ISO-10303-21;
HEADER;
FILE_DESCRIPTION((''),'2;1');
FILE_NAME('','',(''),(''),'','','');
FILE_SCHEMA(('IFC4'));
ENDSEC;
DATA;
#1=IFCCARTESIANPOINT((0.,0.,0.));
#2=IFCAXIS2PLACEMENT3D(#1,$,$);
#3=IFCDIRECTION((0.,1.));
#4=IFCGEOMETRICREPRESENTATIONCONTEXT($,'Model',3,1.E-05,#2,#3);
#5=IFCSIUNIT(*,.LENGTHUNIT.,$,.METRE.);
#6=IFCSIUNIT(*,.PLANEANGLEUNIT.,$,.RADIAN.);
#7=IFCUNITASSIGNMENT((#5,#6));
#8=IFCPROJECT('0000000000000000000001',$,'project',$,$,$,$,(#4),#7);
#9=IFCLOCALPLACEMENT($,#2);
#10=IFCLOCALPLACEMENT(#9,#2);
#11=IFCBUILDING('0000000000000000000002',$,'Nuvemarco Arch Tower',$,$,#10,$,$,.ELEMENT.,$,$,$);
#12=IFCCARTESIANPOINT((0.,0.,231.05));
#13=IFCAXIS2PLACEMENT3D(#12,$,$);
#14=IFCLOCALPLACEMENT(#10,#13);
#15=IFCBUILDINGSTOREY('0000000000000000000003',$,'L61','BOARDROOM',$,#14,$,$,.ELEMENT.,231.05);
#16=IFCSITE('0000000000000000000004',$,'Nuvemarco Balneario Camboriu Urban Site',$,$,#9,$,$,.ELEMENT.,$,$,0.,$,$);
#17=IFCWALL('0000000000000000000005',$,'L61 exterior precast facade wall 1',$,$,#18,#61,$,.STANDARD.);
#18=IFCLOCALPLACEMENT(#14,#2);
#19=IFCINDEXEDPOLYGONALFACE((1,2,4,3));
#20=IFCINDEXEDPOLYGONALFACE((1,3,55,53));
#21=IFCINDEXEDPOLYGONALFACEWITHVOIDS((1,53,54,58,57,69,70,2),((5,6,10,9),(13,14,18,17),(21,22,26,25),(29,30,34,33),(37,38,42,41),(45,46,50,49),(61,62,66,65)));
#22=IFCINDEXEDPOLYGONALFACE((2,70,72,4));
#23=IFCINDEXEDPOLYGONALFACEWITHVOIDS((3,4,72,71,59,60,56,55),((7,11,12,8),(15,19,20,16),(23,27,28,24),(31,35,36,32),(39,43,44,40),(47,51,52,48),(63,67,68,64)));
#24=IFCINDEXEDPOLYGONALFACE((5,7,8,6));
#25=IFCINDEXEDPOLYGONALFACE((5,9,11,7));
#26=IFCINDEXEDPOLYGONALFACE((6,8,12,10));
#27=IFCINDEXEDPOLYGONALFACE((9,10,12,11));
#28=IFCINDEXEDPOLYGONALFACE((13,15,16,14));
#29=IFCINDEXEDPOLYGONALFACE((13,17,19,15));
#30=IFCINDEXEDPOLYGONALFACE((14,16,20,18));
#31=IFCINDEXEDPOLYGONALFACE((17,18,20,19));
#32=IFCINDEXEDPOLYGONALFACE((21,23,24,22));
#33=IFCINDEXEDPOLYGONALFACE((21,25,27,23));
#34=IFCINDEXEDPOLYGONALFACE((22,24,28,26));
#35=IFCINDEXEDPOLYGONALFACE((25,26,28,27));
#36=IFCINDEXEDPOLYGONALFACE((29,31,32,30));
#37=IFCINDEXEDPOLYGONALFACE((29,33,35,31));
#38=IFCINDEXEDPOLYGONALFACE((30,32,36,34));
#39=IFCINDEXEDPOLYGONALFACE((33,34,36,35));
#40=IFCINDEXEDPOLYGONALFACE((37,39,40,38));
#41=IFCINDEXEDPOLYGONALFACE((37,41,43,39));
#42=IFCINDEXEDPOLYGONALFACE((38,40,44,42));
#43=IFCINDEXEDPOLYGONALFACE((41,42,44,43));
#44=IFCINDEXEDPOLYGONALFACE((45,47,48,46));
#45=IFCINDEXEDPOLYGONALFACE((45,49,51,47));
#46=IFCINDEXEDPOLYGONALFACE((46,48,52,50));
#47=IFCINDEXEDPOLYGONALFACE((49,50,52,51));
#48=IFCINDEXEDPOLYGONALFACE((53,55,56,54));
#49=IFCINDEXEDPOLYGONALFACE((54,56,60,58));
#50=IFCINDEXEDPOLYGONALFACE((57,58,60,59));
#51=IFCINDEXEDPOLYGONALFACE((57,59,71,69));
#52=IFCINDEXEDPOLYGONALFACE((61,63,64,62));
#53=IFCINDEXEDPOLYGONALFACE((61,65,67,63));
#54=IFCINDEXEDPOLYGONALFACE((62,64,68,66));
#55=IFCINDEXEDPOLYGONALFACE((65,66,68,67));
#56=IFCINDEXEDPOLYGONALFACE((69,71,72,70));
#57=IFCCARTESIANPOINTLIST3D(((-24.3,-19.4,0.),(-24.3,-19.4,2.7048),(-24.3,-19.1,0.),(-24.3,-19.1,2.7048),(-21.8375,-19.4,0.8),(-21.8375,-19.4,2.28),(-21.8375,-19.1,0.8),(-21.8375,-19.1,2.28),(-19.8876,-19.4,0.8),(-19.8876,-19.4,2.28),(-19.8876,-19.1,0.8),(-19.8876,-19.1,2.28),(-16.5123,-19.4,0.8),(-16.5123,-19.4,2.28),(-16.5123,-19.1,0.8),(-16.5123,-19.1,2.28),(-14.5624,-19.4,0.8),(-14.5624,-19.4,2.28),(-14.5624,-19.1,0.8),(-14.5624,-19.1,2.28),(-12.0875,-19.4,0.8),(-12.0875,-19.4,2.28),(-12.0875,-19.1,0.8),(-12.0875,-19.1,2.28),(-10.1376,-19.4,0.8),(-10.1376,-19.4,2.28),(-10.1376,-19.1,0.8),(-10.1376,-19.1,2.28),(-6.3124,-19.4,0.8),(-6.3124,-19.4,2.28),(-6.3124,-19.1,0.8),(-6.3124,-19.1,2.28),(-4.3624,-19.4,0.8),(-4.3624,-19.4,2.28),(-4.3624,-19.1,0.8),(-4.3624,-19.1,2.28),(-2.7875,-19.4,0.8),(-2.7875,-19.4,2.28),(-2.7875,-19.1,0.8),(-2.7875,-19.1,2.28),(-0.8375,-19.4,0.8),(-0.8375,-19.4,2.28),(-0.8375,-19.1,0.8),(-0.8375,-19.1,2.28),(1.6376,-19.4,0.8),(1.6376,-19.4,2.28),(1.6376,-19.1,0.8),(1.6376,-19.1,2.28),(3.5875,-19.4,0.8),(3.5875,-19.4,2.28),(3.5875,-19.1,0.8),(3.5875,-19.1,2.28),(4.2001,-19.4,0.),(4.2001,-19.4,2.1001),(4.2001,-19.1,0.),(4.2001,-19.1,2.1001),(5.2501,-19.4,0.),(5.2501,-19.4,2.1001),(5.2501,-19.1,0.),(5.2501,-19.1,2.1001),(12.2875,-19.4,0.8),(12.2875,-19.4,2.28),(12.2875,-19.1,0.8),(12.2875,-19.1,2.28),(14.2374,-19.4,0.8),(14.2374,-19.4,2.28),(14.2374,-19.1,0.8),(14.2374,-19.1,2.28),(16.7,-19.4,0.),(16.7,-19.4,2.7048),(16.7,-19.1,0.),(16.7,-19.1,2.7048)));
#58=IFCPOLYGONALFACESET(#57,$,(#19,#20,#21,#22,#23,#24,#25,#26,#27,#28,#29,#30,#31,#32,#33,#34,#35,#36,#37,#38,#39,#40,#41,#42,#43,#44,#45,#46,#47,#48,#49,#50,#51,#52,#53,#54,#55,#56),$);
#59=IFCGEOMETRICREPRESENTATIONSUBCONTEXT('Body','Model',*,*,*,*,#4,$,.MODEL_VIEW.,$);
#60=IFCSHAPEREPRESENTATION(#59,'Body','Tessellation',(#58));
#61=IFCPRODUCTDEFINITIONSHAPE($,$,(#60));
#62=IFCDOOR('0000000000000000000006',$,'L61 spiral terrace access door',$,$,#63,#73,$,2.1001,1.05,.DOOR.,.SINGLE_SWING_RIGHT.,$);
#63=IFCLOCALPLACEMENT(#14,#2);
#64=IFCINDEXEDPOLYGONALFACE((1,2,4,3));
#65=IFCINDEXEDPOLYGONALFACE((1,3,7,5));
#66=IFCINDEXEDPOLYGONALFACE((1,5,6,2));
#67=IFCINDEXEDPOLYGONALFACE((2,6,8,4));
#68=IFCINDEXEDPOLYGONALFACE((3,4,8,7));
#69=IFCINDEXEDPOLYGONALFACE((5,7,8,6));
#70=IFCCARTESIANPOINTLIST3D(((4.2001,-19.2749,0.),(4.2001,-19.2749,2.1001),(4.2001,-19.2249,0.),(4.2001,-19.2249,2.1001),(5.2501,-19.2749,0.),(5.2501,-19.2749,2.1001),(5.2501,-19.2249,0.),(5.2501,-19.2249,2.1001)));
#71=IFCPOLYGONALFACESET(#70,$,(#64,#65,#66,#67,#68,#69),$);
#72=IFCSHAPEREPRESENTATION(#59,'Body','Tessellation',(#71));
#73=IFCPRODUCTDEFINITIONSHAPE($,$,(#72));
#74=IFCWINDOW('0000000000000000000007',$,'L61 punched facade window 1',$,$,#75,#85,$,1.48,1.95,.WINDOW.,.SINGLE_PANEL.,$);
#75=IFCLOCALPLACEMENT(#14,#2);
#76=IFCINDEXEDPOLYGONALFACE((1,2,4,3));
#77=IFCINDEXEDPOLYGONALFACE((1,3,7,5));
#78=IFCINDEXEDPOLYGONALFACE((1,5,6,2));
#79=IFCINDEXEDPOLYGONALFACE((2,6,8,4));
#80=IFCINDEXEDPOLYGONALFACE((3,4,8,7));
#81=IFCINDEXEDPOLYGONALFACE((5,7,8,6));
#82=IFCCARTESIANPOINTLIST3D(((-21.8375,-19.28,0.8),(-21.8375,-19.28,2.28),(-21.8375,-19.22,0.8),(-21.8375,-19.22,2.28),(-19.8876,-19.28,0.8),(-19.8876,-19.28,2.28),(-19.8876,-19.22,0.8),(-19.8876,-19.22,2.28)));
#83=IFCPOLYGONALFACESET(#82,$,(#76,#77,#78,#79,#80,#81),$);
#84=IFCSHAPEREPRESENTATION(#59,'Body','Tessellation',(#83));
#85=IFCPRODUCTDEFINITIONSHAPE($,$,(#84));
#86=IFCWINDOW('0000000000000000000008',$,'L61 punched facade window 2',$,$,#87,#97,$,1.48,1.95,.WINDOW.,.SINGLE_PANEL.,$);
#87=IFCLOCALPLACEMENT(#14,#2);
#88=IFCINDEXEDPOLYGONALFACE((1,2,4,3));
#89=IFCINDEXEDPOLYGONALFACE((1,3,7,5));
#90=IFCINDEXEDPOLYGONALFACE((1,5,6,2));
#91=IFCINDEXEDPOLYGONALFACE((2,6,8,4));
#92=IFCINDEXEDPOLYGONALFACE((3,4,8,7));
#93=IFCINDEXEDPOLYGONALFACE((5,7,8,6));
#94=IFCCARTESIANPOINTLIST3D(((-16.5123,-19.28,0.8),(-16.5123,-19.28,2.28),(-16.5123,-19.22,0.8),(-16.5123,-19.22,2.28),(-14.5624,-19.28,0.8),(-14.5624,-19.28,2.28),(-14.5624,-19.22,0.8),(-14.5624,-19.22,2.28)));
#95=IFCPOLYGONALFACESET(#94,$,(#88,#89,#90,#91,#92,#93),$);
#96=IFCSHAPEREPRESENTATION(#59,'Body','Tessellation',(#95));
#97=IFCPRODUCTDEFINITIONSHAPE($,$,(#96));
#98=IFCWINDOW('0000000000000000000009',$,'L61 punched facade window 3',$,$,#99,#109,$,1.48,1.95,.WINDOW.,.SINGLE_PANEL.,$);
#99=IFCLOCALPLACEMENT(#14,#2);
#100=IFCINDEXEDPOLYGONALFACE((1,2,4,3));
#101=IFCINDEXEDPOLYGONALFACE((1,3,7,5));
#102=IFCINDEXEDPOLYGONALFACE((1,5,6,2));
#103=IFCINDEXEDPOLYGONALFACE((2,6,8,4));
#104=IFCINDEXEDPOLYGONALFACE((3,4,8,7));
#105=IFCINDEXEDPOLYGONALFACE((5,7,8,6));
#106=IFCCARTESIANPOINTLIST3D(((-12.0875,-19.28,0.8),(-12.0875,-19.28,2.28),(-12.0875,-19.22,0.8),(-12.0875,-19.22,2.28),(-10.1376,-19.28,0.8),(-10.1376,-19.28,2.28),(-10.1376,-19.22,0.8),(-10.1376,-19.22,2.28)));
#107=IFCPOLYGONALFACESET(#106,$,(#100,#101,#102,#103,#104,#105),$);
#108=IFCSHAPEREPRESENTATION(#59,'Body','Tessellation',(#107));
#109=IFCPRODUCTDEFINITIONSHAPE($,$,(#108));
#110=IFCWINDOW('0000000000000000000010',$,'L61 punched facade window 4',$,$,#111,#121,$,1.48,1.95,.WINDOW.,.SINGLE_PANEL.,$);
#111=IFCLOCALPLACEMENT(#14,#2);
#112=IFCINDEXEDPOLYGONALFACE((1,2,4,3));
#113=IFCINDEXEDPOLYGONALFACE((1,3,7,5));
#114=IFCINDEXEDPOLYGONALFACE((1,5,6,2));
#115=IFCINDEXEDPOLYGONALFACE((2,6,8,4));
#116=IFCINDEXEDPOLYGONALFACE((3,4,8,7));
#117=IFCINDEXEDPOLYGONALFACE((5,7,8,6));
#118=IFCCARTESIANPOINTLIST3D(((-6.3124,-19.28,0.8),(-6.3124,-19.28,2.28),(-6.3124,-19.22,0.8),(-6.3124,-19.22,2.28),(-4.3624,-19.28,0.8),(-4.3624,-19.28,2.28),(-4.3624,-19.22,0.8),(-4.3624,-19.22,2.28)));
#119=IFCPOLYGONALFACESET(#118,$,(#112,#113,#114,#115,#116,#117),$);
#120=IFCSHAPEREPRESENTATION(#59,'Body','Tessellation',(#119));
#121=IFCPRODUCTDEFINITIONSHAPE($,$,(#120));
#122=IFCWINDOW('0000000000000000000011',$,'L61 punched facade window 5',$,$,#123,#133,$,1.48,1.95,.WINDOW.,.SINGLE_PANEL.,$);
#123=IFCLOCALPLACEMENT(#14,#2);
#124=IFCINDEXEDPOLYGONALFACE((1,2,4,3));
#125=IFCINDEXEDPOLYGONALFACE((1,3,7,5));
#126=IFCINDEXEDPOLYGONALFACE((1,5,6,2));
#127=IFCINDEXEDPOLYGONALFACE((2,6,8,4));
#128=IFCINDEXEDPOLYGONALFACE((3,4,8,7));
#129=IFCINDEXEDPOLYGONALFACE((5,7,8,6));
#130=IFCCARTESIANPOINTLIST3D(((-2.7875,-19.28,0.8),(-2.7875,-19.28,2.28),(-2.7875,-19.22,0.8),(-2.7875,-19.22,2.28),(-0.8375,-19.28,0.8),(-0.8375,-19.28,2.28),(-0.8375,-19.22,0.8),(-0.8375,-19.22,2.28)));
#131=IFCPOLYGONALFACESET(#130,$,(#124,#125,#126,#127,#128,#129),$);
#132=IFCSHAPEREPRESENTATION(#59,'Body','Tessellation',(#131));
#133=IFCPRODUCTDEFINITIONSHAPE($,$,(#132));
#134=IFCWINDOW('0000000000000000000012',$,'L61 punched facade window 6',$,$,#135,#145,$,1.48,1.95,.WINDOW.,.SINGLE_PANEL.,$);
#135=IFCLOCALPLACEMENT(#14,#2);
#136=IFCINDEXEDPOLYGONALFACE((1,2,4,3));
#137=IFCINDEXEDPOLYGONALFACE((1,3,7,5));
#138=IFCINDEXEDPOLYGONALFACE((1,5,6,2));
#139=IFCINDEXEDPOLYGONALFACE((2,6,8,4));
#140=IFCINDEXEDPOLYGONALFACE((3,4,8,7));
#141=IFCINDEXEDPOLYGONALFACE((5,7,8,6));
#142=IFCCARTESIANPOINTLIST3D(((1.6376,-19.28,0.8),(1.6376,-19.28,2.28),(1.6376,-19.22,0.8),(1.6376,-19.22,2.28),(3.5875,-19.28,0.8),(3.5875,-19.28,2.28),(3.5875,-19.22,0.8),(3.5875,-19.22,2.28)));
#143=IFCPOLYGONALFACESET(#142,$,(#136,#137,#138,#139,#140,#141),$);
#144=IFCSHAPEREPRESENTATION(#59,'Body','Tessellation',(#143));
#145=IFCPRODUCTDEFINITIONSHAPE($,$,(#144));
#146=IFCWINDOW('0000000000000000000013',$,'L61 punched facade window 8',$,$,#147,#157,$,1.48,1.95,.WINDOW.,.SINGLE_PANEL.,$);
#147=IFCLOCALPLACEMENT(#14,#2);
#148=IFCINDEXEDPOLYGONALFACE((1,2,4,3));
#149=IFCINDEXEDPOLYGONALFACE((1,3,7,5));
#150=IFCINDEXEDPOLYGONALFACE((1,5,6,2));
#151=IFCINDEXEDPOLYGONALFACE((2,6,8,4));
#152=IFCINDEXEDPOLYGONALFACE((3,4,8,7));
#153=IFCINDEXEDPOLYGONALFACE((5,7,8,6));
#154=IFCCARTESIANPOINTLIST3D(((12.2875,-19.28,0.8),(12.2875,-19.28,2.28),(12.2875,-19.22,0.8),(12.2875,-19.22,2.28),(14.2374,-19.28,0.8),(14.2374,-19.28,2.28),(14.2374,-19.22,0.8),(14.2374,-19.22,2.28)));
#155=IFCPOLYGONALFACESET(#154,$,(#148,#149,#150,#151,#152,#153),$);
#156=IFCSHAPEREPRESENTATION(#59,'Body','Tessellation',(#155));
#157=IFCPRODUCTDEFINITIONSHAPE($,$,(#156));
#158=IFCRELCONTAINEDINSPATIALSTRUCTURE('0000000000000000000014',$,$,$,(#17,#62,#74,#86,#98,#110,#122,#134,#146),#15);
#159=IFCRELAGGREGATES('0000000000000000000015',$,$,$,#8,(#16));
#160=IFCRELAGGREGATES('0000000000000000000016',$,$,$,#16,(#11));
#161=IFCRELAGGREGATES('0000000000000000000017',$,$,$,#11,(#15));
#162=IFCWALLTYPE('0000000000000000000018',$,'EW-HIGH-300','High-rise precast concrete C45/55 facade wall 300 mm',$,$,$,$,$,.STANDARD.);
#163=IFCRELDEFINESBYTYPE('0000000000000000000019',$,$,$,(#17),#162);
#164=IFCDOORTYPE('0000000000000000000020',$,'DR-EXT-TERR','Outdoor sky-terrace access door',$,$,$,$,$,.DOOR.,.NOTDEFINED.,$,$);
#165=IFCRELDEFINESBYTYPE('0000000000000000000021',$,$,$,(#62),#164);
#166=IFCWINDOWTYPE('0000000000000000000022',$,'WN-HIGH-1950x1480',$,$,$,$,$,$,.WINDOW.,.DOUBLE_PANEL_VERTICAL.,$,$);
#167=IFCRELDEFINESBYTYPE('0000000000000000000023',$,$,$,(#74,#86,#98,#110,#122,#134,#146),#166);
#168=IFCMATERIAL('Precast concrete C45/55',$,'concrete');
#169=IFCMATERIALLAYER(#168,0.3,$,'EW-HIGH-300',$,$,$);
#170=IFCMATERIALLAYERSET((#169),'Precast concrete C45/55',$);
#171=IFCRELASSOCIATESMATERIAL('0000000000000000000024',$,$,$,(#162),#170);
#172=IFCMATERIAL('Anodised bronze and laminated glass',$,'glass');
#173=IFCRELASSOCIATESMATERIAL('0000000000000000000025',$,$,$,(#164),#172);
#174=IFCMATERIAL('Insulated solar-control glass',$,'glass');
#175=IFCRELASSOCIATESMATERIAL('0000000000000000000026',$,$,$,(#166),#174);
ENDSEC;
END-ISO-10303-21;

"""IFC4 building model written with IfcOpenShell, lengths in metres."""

from ifc_helpers import new_model, si_unit, direction, frame, frame_2d, origin, place, context, subcontext, project, spatial, rectangle, extrude, source, transform, mapped, material, layer, layer_set, type_object, type_shapes, element, fill, save


model = new_model("IFC4")

# Units and contexts
model_context = context("Model", 3, precision=1e-05, world=origin(), true_north=direction((0.0, 1.0)))
body_context = subcontext(model_context, "Body", "Model", "MODEL_VIEW")
ifc_project = project(units=[si_unit("LENGTHUNIT", "METRE"), si_unit("PLANEANGLEUNIT", "RADIAN")], contexts=[model_context])

# Site, building, storey
site_placement = place(None, origin())
site = spatial("IfcSite", under=ifc_project, at=site_placement, Name="Nuvemarco Balneario Camboriu Urban Site", CompositionType="ELEMENT", RefElevation=0.0)
building_placement = place(site_placement, origin())
building = spatial("IfcBuilding", under=site, at=building_placement, Name="Nuvemarco Arch Tower", CompositionType="ELEMENT")
storey_placement = place(building_placement, frame((0.0, 0.0, 231.05)))
storey = spatial("IfcBuildingStorey", under=building, at=storey_placement, Name="L61", Description="BOARDROOM", CompositionType="ELEMENT", Elevation=231.05)

# Wall, openings, door, windows
ifc_material_1 = material(Name="Precast concrete C45/55", Category="concrete")
ifc_layer_1 = layer(ifc_material_1, 0.3, Name="EW-HIGH-300")
ifc_layer_set_1 = layer_set([ifc_layer_1], Name="Precast concrete C45/55")
wall_type_1 = type_object("IfcWallType", Name="EW-HIGH-300", Description="High-rise precast concrete C45/55 facade wall 300 mm", PredefinedType="STANDARD", material=ifc_layer_set_1)
wall_1_placement = place(storey_placement, frame((-24.3, -19.25, 0.0), z_axis=(0.0, 0.0, 1.0), x_axis=(1.0, 0.0, 0.0)))
wall_1 = element("IfcWall", 1, at=wall_1_placement, inside=storey, type_object=wall_type_1, Name="L61 exterior precast facade wall 1", PredefinedType="STANDARD", context=body_context, shape_type="SweptSolid", body=[
    extrude(rectangle(XDim=41.0, YDim=0.3, at=frame_2d((20.5, 0.0))), origin(), (0.0, 0.0, 1.0), 2.7048),
])
opening_1_placement = place(wall_1_placement, frame((29.55, 0.0, 0.0), z_axis=(0.0, 0.0, 1.0), x_axis=(-1.0, 0.0, 0.0)))
opening_1 = element("IfcOpeningElement", 2, at=opening_1_placement, cuts=wall_1, PredefinedType="OPENING", context=body_context, shape_type="SweptSolid", body=[
    extrude(rectangle(XDim=1.05, YDim=2.1001, at=frame_2d((0.5249, 1.05))), frame((0.0, 0.1599, 0.0), z_axis=(0.0, -1.0, 0.0), x_axis=(1.0, 0.0, 0.0)), (0.0, 0.0, 1.0), 0.3201),
])
opening_2_placement = place(wall_1_placement, frame((2.4624, 0.0, 0.8)))
opening_2 = element("IfcOpeningElement", 3, at=opening_2_placement, cuts=wall_1, PredefinedType="OPENING", context=body_context, shape_type="SweptSolid", body=[
    extrude(rectangle(XDim=1.95, YDim=1.48, at=frame_2d((0.9751, 0.74))), frame((0.0, 0.1599, 0.0), z_axis=(0.0, -1.0, 0.0), x_axis=(1.0, 0.0, 0.0)), (0.0, 0.0, 1.0), 0.3201),
])
opening_3_placement = place(wall_1_placement, frame((7.7876, 0.0, 0.8)))
opening_3 = element("IfcOpeningElement", 4, at=opening_3_placement, cuts=wall_1, PredefinedType="OPENING", context=body_context, shape_type="SweptSolid", body=[
    extrude(rectangle(XDim=1.95, YDim=1.48, at=frame_2d((0.9751, 0.74))), frame((0.0, 0.1599, 0.0), z_axis=(0.0, -1.0, 0.0), x_axis=(1.0, 0.0, 0.0)), (0.0, 0.0, 1.0), 0.3201),
])
opening_4_placement = place(wall_1_placement, frame((12.2124, 0.0, 0.8)))
opening_4 = element("IfcOpeningElement", 5, at=opening_4_placement, cuts=wall_1, PredefinedType="OPENING", context=body_context, shape_type="SweptSolid", body=[
    extrude(rectangle(XDim=1.95, YDim=1.48, at=frame_2d((0.9751, 0.74))), frame((0.0, 0.1599, 0.0), z_axis=(0.0, -1.0, 0.0), x_axis=(1.0, 0.0, 0.0)), (0.0, 0.0, 1.0), 0.3201),
])
opening_5_placement = place(wall_1_placement, frame((17.9875, 0.0, 0.8)))
opening_5 = element("IfcOpeningElement", 6, at=opening_5_placement, cuts=wall_1, PredefinedType="OPENING", context=body_context, shape_type="SweptSolid", body=[
    extrude(rectangle(XDim=1.95, YDim=1.48, at=frame_2d((0.9751, 0.74))), frame((0.0, 0.1599, 0.0), z_axis=(0.0, -1.0, 0.0), x_axis=(1.0, 0.0, 0.0)), (0.0, 0.0, 1.0), 0.3201),
])
opening_6_placement = place(wall_1_placement, frame((21.5125, 0.0, 0.8)))
opening_6 = element("IfcOpeningElement", 7, at=opening_6_placement, cuts=wall_1, PredefinedType="OPENING", context=body_context, shape_type="SweptSolid", body=[
    extrude(rectangle(XDim=1.95, YDim=1.48, at=frame_2d((0.9751, 0.74))), frame((0.0, 0.1599, 0.0), z_axis=(0.0, -1.0, 0.0), x_axis=(1.0, 0.0, 0.0)), (0.0, 0.0, 1.0), 0.3201),
])
opening_7_placement = place(wall_1_placement, frame((25.9375, 0.0, 0.8)))
opening_7 = element("IfcOpeningElement", 8, at=opening_7_placement, cuts=wall_1, PredefinedType="OPENING", context=body_context, shape_type="SweptSolid", body=[
    extrude(rectangle(XDim=1.95, YDim=1.48, at=frame_2d((0.9751, 0.74))), frame((0.0, 0.1599, 0.0), z_axis=(0.0, -1.0, 0.0), x_axis=(1.0, 0.0, 0.0)), (0.0, 0.0, 1.0), 0.3201),
])
opening_8_placement = place(wall_1_placement, frame((36.5874, 0.0, 0.8)))
opening_8 = element("IfcOpeningElement", 9, at=opening_8_placement, cuts=wall_1, PredefinedType="OPENING", context=body_context, shape_type="SweptSolid", body=[
    extrude(rectangle(XDim=1.95, YDim=1.48, at=frame_2d((0.9751, 0.74))), frame((0.0, 0.1599, 0.0), z_axis=(0.0, -1.0, 0.0), x_axis=(1.0, 0.0, 0.0)), (0.0, 0.0, 1.0), 0.3201),
])
ifc_material_2 = material(Name="Anodised bronze and laminated glass", Category="glass")
door_type_1 = type_object("IfcDoorType", Name="DR-EXT-TERR", Description="Outdoor sky-terrace access door", OperationType="NOTDEFINED", PredefinedType="DOOR", material=ifc_material_2)
shared_shape_1 = source(origin(), body_context, "Body", "SweptSolid", [
    extrude(rectangle(XDim=1.05, YDim=2.1001, at=frame_2d((0.5249, 1.05))), frame((0.0, 0.0249, 0.0), z_axis=(0.0, -1.0, 0.0), x_axis=(1.0, 0.0, 0.0)), (0.0, 0.0, 1.0), 0.05),
])
type_shapes(door_type_1, [shared_shape_1])
door_1_placement = place(opening_1_placement, origin())
door_1 = element("IfcDoor", 10, at=door_1_placement, inside=storey, type_object=door_type_1, Name="L61 spiral terrace access door", OperationType="SINGLE_SWING_RIGHT", OverallHeight=2.1001, OverallWidth=1.05, PredefinedType="DOOR", context=body_context, shape_type="MappedRepresentation", body=[
    mapped(shared_shape_1, transform((0.0, 0.0, 0.0), scale=1.0)),
])
fill(opening_1, door_1)
ifc_material_3 = material(Name="Insulated solar-control glass", Category="glass")
window_type = type_object("IfcWindowType", Name="WN-HIGH-1950x1480", PartitioningType="DOUBLE_PANEL_VERTICAL", PredefinedType="WINDOW", material=ifc_material_3)
shared_shape_2 = source(origin(), body_context, "Body", "SweptSolid", [
    extrude(rectangle(XDim=1.95, YDim=1.48, at=frame_2d((0.9751, 0.74))), frame((0.0, 0.03, 0.0), z_axis=(0.0, -1.0, 0.0), x_axis=(1.0, 0.0, 0.0)), (0.0, 0.0, 1.0), 0.0601),
])
type_shapes(window_type, [shared_shape_2])
window_1_placement = place(opening_2_placement, origin())
window_1 = element("IfcWindow", 11, at=window_1_placement, inside=storey, type_object=window_type, Name="L61 punched facade window 1", OverallHeight=1.48, OverallWidth=1.95, PartitioningType="SINGLE_PANEL", PredefinedType="WINDOW", context=body_context, shape_type="MappedRepresentation", body=[
    mapped(shared_shape_2, transform((0.0, 0.0, 0.0), scale=1.0)),
])
fill(opening_2, window_1)
window_2_placement = place(opening_3_placement, origin())
window_2 = element("IfcWindow", 12, at=window_2_placement, inside=storey, type_object=window_type, Name="L61 punched facade window 2", OverallHeight=1.48, OverallWidth=1.95, PartitioningType="SINGLE_PANEL", PredefinedType="WINDOW", context=body_context, shape_type="MappedRepresentation", body=[
    mapped(shared_shape_2, transform((0.0, 0.0, 0.0), scale=1.0)),
])
fill(opening_3, window_2)
window_3_placement = place(opening_4_placement, origin())
window_3 = element("IfcWindow", 13, at=window_3_placement, inside=storey, type_object=window_type, Name="L61 punched facade window 3", OverallHeight=1.48, OverallWidth=1.95, PartitioningType="SINGLE_PANEL", PredefinedType="WINDOW", context=body_context, shape_type="MappedRepresentation", body=[
    mapped(shared_shape_2, transform((0.0, 0.0, 0.0), scale=1.0)),
])
fill(opening_4, window_3)
window_4_placement = place(opening_5_placement, origin())
window_4 = element("IfcWindow", 14, at=window_4_placement, inside=storey, type_object=window_type, Name="L61 punched facade window 4", OverallHeight=1.48, OverallWidth=1.95, PartitioningType="SINGLE_PANEL", PredefinedType="WINDOW", context=body_context, shape_type="MappedRepresentation", body=[
    mapped(shared_shape_2, transform((0.0, 0.0, 0.0), scale=1.0)),
])
fill(opening_5, window_4)
window_5_placement = place(opening_6_placement, origin())
window_5 = element("IfcWindow", 15, at=window_5_placement, inside=storey, type_object=window_type, Name="L61 punched facade window 5", OverallHeight=1.48, OverallWidth=1.95, PartitioningType="SINGLE_PANEL", PredefinedType="WINDOW", context=body_context, shape_type="MappedRepresentation", body=[
    mapped(shared_shape_2, transform((0.0, 0.0, 0.0), scale=1.0)),
])
fill(opening_6, window_5)
window_6_placement = place(opening_7_placement, origin())
window_6 = element("IfcWindow", 16, at=window_6_placement, inside=storey, type_object=window_type, Name="L61 punched facade window 6", OverallHeight=1.48, OverallWidth=1.95, PartitioningType="SINGLE_PANEL", PredefinedType="WINDOW", context=body_context, shape_type="MappedRepresentation", body=[
    mapped(shared_shape_2, transform((0.0, 0.0, 0.0), scale=1.0)),
])
fill(opening_7, window_6)
window_7_placement = place(opening_8_placement, origin())
window_7 = element("IfcWindow", 17, at=window_7_placement, inside=storey, type_object=window_type, Name="L61 punched facade window 8", OverallHeight=1.48, OverallWidth=1.95, PartitioningType="SINGLE_PANEL", PredefinedType="WINDOW", context=body_context, shape_type="MappedRepresentation", body=[
    mapped(shared_shape_2, transform((0.0, 0.0, 0.0), scale=1.0)),
])
fill(opening_8, window_7)

save(model, "model.ifc")
